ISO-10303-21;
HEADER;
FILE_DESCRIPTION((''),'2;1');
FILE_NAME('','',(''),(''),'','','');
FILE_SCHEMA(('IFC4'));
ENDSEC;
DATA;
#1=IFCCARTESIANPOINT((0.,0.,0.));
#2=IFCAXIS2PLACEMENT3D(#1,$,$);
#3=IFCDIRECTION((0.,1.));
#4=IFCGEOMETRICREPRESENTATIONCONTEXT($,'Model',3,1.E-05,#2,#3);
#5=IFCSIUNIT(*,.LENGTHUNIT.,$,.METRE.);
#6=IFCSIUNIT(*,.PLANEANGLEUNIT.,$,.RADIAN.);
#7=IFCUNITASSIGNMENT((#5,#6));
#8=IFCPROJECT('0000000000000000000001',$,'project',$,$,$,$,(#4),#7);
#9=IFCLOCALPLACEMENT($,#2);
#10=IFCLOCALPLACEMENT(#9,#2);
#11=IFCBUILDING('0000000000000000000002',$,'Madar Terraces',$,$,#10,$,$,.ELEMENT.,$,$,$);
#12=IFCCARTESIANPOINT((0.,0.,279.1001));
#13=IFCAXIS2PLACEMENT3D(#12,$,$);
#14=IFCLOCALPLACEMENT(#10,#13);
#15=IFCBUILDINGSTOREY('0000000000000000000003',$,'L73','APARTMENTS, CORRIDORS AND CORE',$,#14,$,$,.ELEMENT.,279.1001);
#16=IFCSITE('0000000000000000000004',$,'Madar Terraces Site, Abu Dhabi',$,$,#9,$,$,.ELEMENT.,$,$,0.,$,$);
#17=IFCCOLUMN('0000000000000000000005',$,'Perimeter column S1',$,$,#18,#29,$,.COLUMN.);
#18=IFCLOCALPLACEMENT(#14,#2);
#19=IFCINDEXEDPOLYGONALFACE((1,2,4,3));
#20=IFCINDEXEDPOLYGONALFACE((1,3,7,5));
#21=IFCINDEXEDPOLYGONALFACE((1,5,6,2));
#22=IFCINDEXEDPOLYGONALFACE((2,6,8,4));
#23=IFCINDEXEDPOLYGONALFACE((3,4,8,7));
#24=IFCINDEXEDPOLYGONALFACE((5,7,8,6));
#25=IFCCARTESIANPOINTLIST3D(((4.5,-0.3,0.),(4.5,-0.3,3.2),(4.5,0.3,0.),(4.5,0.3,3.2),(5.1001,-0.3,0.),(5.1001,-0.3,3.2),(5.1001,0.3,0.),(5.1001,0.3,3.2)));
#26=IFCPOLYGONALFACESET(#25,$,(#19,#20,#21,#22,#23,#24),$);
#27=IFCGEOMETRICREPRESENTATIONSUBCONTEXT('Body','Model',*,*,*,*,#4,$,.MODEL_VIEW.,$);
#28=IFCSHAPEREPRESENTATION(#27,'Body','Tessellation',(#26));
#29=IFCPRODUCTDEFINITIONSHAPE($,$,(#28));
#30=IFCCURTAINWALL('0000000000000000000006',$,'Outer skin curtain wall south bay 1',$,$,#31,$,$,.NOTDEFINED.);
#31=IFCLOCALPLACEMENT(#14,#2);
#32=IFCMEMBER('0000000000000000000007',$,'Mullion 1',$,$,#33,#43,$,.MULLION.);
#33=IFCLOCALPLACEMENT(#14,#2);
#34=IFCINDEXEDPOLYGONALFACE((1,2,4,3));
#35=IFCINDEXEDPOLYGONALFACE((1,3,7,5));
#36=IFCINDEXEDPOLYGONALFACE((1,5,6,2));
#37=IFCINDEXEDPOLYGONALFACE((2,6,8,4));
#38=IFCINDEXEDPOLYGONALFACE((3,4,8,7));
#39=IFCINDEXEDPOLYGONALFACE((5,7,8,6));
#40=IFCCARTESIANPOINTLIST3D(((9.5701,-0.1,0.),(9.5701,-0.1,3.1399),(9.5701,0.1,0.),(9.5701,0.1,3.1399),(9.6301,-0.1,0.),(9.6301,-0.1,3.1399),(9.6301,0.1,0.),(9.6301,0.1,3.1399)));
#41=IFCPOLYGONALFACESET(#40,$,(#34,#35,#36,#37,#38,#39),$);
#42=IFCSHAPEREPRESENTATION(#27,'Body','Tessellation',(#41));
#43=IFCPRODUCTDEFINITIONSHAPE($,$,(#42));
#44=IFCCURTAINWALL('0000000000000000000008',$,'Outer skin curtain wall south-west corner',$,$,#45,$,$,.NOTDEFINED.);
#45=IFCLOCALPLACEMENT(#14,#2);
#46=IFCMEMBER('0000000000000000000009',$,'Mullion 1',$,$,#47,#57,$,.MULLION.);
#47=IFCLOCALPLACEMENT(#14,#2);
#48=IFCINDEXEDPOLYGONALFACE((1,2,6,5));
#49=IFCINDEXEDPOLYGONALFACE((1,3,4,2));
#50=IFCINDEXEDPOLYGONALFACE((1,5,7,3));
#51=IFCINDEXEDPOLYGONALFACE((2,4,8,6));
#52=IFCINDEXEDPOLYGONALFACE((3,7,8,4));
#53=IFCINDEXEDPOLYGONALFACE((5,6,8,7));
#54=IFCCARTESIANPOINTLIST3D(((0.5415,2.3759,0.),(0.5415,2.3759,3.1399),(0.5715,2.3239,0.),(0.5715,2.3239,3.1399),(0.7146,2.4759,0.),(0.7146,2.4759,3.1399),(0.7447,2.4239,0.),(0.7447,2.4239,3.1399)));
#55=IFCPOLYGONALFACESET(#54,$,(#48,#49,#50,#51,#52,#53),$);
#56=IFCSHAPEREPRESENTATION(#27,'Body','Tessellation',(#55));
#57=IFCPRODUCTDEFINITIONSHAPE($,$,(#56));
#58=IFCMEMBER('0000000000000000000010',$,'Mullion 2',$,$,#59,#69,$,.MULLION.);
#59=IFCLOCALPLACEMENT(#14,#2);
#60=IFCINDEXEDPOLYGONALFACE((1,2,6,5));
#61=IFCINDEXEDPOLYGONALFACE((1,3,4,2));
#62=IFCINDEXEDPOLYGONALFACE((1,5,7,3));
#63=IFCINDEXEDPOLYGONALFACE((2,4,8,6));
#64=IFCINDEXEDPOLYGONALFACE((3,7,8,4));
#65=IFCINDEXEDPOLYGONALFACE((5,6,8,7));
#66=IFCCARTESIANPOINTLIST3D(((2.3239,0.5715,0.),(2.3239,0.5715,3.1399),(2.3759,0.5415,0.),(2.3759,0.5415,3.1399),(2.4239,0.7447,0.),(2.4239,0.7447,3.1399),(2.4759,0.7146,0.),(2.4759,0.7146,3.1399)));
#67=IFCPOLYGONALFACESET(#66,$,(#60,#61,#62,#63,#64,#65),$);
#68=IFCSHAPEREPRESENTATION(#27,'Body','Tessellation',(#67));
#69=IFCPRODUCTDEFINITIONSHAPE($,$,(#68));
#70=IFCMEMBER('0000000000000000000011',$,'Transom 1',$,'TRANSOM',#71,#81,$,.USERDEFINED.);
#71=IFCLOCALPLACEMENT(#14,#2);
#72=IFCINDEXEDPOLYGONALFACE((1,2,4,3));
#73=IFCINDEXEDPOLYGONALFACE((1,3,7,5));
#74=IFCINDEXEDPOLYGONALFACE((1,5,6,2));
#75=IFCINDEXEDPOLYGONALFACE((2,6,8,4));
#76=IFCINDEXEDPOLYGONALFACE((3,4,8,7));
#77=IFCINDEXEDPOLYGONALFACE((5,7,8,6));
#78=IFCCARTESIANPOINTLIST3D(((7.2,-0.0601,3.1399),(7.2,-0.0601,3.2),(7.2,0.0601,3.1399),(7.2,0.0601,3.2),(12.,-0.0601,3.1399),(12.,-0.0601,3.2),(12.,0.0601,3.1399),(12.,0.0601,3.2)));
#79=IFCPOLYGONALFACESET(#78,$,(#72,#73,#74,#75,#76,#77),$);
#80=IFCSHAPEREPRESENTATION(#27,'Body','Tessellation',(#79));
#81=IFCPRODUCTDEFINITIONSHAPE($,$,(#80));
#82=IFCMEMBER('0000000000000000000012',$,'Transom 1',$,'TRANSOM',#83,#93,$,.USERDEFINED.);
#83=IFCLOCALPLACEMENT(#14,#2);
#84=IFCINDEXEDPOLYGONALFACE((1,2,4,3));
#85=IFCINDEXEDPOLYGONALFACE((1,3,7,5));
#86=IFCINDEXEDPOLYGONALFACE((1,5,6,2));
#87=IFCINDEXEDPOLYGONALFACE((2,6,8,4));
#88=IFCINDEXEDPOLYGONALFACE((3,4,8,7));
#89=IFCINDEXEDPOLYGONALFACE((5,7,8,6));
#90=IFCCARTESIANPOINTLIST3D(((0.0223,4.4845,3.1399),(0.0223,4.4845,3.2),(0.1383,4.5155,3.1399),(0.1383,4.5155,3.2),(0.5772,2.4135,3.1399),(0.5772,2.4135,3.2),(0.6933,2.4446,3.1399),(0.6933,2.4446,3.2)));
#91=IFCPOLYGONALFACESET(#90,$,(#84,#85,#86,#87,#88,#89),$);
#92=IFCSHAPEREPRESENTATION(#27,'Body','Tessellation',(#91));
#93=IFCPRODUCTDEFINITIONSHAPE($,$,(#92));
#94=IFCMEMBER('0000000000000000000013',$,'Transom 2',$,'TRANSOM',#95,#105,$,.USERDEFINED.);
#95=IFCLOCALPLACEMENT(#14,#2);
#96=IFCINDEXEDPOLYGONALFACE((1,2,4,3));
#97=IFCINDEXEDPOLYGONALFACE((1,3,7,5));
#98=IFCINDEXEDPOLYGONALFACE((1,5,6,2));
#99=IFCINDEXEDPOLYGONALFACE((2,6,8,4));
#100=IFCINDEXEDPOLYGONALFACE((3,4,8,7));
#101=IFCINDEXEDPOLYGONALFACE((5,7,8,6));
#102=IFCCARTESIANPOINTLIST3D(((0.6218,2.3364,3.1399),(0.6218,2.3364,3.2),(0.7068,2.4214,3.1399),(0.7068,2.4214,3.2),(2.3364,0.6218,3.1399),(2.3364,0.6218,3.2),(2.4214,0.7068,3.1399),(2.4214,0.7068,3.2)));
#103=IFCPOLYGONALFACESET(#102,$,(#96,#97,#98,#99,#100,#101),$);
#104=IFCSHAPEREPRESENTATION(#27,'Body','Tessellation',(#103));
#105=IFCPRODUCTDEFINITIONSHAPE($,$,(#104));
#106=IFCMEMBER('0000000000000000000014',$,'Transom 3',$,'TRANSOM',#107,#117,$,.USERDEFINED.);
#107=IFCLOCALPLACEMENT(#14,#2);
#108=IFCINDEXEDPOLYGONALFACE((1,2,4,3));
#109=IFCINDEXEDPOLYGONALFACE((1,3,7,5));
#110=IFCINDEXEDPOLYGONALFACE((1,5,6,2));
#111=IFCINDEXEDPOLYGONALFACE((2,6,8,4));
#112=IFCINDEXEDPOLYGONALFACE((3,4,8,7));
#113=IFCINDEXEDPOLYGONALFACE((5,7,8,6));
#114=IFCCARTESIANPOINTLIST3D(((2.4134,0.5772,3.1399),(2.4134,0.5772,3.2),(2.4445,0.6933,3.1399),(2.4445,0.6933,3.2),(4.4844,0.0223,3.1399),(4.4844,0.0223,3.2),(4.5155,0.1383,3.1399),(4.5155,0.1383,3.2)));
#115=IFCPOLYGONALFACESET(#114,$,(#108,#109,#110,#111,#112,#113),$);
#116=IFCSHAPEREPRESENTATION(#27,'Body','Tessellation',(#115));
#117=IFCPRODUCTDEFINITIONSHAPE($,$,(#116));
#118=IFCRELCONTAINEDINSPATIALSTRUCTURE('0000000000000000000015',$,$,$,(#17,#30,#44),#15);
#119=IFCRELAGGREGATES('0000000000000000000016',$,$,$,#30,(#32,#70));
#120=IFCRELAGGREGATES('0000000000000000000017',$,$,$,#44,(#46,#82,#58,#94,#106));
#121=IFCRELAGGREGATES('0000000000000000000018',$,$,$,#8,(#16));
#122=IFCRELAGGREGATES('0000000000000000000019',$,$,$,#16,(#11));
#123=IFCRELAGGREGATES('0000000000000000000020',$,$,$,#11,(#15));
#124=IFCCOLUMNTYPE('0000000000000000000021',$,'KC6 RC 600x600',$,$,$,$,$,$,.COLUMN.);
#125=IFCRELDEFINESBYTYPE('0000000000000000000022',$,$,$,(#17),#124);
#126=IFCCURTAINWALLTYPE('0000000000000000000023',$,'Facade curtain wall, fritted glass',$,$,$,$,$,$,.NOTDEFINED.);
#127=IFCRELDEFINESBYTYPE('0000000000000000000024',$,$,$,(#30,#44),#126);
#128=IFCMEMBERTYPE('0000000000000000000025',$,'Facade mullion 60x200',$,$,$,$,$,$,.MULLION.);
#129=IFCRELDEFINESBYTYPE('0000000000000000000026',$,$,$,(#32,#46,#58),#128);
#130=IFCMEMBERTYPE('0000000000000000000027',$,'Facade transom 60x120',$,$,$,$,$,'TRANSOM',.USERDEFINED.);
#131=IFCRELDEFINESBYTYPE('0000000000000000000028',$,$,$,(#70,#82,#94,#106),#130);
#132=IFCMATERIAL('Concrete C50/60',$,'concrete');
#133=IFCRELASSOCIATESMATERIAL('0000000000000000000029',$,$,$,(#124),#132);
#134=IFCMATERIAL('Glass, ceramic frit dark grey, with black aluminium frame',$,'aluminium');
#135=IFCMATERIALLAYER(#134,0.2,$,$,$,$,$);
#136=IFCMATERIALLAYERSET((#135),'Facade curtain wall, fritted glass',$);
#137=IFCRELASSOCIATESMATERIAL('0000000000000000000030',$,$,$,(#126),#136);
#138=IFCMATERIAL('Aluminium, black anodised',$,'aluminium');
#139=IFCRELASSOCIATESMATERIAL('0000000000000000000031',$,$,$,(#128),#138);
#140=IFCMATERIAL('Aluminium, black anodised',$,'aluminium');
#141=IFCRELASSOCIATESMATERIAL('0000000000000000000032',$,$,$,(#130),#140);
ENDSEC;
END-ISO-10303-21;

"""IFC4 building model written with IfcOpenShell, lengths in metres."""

from ifc_helpers import new_model, si_unit, direction, frame, origin, origin_2d, place, context, subcontext, project, spatial, rectangle, extrude, material, layer, layer_set, material_profile, profile_set, type_object, element, aggregate, save


model = new_model("IFC4")

# Units and contexts
model_context = context("Model", 3, precision=1e-05, world=origin(), true_north=direction((0.0, 1.0)))
body_context = subcontext(model_context, "Body", "Model", "MODEL_VIEW")
ifc_project = project(units=[si_unit("LENGTHUNIT", "METRE"), si_unit("PLANEANGLEUNIT", "RADIAN")], contexts=[model_context])

# Site, building, storey
site_placement = place(None, origin())
site = spatial("IfcSite", under=ifc_project, at=site_placement, Name="Madar Terraces Site, Abu Dhabi", CompositionType="ELEMENT", RefElevation=0.0)
building_placement = place(site_placement, origin())
building = spatial("IfcBuilding", under=site, at=building_placement, Name="Madar Terraces", CompositionType="ELEMENT")
storey_placement = place(building_placement, frame((0.0, 0.0, 279.1001)))
storey = spatial("IfcBuildingStorey", under=building, at=storey_placement, Name="L73", Description="APARTMENTS, CORRIDORS AND CORE", CompositionType="ELEMENT", Elevation=279.1001)

# Column
ifc_material_1 = material(Name="Concrete C50/60", Category="concrete")
ifc_material_profile_1 = material_profile(ifc_material_1, rectangle(XDim=0.6001, YDim=0.6001, at=origin_2d()), Name="KC6 RC 600x600")
ifc_profile_set_1 = profile_set([ifc_material_profile_1], Name="Concrete C50/60")
column_type = type_object("IfcColumnType", Name="KC6 RC 600x600", PredefinedType="COLUMN", material=ifc_profile_set_1)
column_placement = place(storey_placement, frame((4.8, 0.0, 0.0), z_axis=(0.0, 0.0, 1.0), x_axis=(1.0, 0.0, 0.0)))
element("IfcColumn", 1, at=column_placement, inside=storey, type_object=column_type, Name="Perimeter column S1", PredefinedType="COLUMN", context=body_context, shape_type="SweptSolid", body=[
    extrude(rectangle(XDim=0.6001, YDim=0.6001, at=origin_2d()), origin(), (0.0, 0.0, 1.0), 3.2),
])

# Curtain wall, member
ifc_material_2 = material(Name="Glass, ceramic frit dark grey, with black aluminium frame", Category="aluminium")
ifc_layer_1 = layer(ifc_material_2, 0.2)
ifc_layer_set_1 = layer_set([ifc_layer_1], Name="Facade curtain wall, fritted glass")
curtain_wall_type = type_object("IfcCurtainWallType", Name="Facade curtain wall, fritted glass", PredefinedType="NOTDEFINED", material=ifc_layer_set_1)
curtain_wall_1_placement = place(storey_placement, origin())
curtain_wall_1 = element("IfcCurtainWall", 2, at=curtain_wall_1_placement, inside=storey, type_object=curtain_wall_type, Name="Outer skin curtain wall south bay 1", PredefinedType="NOTDEFINED")
ifc_material_3 = material(Name="Aluminium, black anodised", Category="aluminium")
ifc_material_profile_2 = material_profile(ifc_material_3, rectangle(XDim=0.2, YDim=0.0601, at=origin_2d()), Name="Facade mullion 60x200")
ifc_profile_set_2 = profile_set([ifc_material_profile_2], Name="Aluminium, black anodised")
member_type_1 = type_object("IfcMemberType", Name="Facade mullion 60x200", PredefinedType="MULLION", material=ifc_profile_set_2)
member_1_placement = place(storey_placement, frame((9.6001, 0.0, 0.0), z_axis=(0.0, 0.0, 1.0), x_axis=(0.0, 1.0, 0.0)))
member_1 = element("IfcMember", 3, at=member_1_placement, type_object=member_type_1, Name="Mullion 1", PredefinedType="MULLION", context=body_context, shape_type="SweptSolid", body=[
    extrude(rectangle(XDim=0.2, YDim=0.0601, at=origin_2d()), origin(), (0.0, 0.0, 1.0), 3.1399),
])

# Curtain wall, members
curtain_wall_2_placement = place(storey_placement, origin())
curtain_wall_2 = element("IfcCurtainWall", 4, at=curtain_wall_2_placement, inside=storey, type_object=curtain_wall_type, Name="Outer skin curtain wall south-west corner", PredefinedType="NOTDEFINED")
member_2_placement = place(storey_placement, frame((0.6431, 2.3999, 0.0), z_axis=(0.0, 0.0, 1.0), x_axis=(0.866025, 0.5, 0.0)))
member_2 = element("IfcMember", 5, at=member_2_placement, type_object=member_type_1, Name="Mullion 1", PredefinedType="MULLION", context=body_context, shape_type="SweptSolid", body=[
    extrude(rectangle(XDim=0.2, YDim=0.0601, at=origin_2d()), origin(), (0.0, 0.0, 1.0), 3.1399),
])
member_3_placement = place(storey_placement, frame((2.3999, 0.6431, 0.0), z_axis=(0.0, 0.0, 1.0), x_axis=(0.5, 0.866025, 0.0)))
member_3 = element("IfcMember", 6, at=member_3_placement, type_object=member_type_1, Name="Mullion 2", PredefinedType="MULLION", context=body_context, shape_type="SweptSolid", body=[
    extrude(rectangle(XDim=0.2, YDim=0.0601, at=origin_2d()), origin(), (0.0, 0.0, 1.0), 3.1399),
])

# Members
ifc_material_4 = material(Name="Aluminium, black anodised", Category="aluminium")
ifc_material_profile_3 = material_profile(ifc_material_4, rectangle(XDim=0.1201, YDim=0.0601, at=origin_2d()), Name="Facade transom 60x120")
ifc_profile_set_3 = profile_set([ifc_material_profile_3], Name="Aluminium, black anodised")
member_type_2 = type_object("IfcMemberType", Name="Facade transom 60x120", ElementType="TRANSOM", PredefinedType="USERDEFINED", material=ifc_profile_set_3)
member_4_placement = place(storey_placement, frame((7.2, 0.0, 3.1699), z_axis=(1.0, 0.0, 0.0), x_axis=(0.0, 1.0, 0.0)))
member_4 = element("IfcMember", 7, at=member_4_placement, type_object=member_type_2, Name="Transom 1", ObjectType="TRANSOM", PredefinedType="USERDEFINED", context=body_context, shape_type="SweptSolid", body=[
    extrude(rectangle(XDim=0.1201, YDim=0.0601, at=origin_2d()), origin(), (0.0, 0.0, 1.0), 4.8),
])
member_5_placement = place(storey_placement, frame((0.0803, 4.5, 3.1699), z_axis=(0.258818, -0.965926, 0.0), x_axis=(0.965926, 0.258818, 0.0)))
member_5 = element("IfcMember", 8, at=member_5_placement, type_object=member_type_2, Name="Transom 1", ObjectType="TRANSOM", PredefinedType="USERDEFINED", context=body_context, shape_type="SweptSolid", body=[
    extrude(rectangle(XDim=0.1201, YDim=0.0601, at=origin_2d()), origin(), (0.0, 0.0, 1.0), 2.144),
])
member_6_placement = place(storey_placement, frame((0.6643, 2.3789, 3.1699), z_axis=(0.707107, -0.707107, 0.0), x_axis=(0.707107, 0.707107, 0.0)))
member_6 = element("IfcMember", 9, at=member_6_placement, type_object=member_type_2, Name="Transom 2", ObjectType="TRANSOM", PredefinedType="USERDEFINED", context=body_context, shape_type="SweptSolid", body=[
    extrude(rectangle(XDim=0.1201, YDim=0.0601, at=origin_2d()), origin(), (0.0, 0.0, 1.0), 2.4248),
])
member_7_placement = place(storey_placement, frame((2.429, 0.6353, 3.1699), z_axis=(0.965926, -0.258818, 0.0), x_axis=(0.258818, 0.965926, 0.0)))
member_7 = element("IfcMember", 10, at=member_7_placement, type_object=member_type_2, Name="Transom 3", ObjectType="TRANSOM", PredefinedType="USERDEFINED", context=body_context, shape_type="SweptSolid", body=[
    extrude(rectangle(XDim=0.1201, YDim=0.0601, at=origin_2d()), origin(), (0.0, 0.0, 1.0), 2.144),
])

aggregate(curtain_wall_1, [member_1, member_4])
aggregate(curtain_wall_2, [member_2, member_5, member_3, member_6, member_7])

save(model, "model.ifc")
